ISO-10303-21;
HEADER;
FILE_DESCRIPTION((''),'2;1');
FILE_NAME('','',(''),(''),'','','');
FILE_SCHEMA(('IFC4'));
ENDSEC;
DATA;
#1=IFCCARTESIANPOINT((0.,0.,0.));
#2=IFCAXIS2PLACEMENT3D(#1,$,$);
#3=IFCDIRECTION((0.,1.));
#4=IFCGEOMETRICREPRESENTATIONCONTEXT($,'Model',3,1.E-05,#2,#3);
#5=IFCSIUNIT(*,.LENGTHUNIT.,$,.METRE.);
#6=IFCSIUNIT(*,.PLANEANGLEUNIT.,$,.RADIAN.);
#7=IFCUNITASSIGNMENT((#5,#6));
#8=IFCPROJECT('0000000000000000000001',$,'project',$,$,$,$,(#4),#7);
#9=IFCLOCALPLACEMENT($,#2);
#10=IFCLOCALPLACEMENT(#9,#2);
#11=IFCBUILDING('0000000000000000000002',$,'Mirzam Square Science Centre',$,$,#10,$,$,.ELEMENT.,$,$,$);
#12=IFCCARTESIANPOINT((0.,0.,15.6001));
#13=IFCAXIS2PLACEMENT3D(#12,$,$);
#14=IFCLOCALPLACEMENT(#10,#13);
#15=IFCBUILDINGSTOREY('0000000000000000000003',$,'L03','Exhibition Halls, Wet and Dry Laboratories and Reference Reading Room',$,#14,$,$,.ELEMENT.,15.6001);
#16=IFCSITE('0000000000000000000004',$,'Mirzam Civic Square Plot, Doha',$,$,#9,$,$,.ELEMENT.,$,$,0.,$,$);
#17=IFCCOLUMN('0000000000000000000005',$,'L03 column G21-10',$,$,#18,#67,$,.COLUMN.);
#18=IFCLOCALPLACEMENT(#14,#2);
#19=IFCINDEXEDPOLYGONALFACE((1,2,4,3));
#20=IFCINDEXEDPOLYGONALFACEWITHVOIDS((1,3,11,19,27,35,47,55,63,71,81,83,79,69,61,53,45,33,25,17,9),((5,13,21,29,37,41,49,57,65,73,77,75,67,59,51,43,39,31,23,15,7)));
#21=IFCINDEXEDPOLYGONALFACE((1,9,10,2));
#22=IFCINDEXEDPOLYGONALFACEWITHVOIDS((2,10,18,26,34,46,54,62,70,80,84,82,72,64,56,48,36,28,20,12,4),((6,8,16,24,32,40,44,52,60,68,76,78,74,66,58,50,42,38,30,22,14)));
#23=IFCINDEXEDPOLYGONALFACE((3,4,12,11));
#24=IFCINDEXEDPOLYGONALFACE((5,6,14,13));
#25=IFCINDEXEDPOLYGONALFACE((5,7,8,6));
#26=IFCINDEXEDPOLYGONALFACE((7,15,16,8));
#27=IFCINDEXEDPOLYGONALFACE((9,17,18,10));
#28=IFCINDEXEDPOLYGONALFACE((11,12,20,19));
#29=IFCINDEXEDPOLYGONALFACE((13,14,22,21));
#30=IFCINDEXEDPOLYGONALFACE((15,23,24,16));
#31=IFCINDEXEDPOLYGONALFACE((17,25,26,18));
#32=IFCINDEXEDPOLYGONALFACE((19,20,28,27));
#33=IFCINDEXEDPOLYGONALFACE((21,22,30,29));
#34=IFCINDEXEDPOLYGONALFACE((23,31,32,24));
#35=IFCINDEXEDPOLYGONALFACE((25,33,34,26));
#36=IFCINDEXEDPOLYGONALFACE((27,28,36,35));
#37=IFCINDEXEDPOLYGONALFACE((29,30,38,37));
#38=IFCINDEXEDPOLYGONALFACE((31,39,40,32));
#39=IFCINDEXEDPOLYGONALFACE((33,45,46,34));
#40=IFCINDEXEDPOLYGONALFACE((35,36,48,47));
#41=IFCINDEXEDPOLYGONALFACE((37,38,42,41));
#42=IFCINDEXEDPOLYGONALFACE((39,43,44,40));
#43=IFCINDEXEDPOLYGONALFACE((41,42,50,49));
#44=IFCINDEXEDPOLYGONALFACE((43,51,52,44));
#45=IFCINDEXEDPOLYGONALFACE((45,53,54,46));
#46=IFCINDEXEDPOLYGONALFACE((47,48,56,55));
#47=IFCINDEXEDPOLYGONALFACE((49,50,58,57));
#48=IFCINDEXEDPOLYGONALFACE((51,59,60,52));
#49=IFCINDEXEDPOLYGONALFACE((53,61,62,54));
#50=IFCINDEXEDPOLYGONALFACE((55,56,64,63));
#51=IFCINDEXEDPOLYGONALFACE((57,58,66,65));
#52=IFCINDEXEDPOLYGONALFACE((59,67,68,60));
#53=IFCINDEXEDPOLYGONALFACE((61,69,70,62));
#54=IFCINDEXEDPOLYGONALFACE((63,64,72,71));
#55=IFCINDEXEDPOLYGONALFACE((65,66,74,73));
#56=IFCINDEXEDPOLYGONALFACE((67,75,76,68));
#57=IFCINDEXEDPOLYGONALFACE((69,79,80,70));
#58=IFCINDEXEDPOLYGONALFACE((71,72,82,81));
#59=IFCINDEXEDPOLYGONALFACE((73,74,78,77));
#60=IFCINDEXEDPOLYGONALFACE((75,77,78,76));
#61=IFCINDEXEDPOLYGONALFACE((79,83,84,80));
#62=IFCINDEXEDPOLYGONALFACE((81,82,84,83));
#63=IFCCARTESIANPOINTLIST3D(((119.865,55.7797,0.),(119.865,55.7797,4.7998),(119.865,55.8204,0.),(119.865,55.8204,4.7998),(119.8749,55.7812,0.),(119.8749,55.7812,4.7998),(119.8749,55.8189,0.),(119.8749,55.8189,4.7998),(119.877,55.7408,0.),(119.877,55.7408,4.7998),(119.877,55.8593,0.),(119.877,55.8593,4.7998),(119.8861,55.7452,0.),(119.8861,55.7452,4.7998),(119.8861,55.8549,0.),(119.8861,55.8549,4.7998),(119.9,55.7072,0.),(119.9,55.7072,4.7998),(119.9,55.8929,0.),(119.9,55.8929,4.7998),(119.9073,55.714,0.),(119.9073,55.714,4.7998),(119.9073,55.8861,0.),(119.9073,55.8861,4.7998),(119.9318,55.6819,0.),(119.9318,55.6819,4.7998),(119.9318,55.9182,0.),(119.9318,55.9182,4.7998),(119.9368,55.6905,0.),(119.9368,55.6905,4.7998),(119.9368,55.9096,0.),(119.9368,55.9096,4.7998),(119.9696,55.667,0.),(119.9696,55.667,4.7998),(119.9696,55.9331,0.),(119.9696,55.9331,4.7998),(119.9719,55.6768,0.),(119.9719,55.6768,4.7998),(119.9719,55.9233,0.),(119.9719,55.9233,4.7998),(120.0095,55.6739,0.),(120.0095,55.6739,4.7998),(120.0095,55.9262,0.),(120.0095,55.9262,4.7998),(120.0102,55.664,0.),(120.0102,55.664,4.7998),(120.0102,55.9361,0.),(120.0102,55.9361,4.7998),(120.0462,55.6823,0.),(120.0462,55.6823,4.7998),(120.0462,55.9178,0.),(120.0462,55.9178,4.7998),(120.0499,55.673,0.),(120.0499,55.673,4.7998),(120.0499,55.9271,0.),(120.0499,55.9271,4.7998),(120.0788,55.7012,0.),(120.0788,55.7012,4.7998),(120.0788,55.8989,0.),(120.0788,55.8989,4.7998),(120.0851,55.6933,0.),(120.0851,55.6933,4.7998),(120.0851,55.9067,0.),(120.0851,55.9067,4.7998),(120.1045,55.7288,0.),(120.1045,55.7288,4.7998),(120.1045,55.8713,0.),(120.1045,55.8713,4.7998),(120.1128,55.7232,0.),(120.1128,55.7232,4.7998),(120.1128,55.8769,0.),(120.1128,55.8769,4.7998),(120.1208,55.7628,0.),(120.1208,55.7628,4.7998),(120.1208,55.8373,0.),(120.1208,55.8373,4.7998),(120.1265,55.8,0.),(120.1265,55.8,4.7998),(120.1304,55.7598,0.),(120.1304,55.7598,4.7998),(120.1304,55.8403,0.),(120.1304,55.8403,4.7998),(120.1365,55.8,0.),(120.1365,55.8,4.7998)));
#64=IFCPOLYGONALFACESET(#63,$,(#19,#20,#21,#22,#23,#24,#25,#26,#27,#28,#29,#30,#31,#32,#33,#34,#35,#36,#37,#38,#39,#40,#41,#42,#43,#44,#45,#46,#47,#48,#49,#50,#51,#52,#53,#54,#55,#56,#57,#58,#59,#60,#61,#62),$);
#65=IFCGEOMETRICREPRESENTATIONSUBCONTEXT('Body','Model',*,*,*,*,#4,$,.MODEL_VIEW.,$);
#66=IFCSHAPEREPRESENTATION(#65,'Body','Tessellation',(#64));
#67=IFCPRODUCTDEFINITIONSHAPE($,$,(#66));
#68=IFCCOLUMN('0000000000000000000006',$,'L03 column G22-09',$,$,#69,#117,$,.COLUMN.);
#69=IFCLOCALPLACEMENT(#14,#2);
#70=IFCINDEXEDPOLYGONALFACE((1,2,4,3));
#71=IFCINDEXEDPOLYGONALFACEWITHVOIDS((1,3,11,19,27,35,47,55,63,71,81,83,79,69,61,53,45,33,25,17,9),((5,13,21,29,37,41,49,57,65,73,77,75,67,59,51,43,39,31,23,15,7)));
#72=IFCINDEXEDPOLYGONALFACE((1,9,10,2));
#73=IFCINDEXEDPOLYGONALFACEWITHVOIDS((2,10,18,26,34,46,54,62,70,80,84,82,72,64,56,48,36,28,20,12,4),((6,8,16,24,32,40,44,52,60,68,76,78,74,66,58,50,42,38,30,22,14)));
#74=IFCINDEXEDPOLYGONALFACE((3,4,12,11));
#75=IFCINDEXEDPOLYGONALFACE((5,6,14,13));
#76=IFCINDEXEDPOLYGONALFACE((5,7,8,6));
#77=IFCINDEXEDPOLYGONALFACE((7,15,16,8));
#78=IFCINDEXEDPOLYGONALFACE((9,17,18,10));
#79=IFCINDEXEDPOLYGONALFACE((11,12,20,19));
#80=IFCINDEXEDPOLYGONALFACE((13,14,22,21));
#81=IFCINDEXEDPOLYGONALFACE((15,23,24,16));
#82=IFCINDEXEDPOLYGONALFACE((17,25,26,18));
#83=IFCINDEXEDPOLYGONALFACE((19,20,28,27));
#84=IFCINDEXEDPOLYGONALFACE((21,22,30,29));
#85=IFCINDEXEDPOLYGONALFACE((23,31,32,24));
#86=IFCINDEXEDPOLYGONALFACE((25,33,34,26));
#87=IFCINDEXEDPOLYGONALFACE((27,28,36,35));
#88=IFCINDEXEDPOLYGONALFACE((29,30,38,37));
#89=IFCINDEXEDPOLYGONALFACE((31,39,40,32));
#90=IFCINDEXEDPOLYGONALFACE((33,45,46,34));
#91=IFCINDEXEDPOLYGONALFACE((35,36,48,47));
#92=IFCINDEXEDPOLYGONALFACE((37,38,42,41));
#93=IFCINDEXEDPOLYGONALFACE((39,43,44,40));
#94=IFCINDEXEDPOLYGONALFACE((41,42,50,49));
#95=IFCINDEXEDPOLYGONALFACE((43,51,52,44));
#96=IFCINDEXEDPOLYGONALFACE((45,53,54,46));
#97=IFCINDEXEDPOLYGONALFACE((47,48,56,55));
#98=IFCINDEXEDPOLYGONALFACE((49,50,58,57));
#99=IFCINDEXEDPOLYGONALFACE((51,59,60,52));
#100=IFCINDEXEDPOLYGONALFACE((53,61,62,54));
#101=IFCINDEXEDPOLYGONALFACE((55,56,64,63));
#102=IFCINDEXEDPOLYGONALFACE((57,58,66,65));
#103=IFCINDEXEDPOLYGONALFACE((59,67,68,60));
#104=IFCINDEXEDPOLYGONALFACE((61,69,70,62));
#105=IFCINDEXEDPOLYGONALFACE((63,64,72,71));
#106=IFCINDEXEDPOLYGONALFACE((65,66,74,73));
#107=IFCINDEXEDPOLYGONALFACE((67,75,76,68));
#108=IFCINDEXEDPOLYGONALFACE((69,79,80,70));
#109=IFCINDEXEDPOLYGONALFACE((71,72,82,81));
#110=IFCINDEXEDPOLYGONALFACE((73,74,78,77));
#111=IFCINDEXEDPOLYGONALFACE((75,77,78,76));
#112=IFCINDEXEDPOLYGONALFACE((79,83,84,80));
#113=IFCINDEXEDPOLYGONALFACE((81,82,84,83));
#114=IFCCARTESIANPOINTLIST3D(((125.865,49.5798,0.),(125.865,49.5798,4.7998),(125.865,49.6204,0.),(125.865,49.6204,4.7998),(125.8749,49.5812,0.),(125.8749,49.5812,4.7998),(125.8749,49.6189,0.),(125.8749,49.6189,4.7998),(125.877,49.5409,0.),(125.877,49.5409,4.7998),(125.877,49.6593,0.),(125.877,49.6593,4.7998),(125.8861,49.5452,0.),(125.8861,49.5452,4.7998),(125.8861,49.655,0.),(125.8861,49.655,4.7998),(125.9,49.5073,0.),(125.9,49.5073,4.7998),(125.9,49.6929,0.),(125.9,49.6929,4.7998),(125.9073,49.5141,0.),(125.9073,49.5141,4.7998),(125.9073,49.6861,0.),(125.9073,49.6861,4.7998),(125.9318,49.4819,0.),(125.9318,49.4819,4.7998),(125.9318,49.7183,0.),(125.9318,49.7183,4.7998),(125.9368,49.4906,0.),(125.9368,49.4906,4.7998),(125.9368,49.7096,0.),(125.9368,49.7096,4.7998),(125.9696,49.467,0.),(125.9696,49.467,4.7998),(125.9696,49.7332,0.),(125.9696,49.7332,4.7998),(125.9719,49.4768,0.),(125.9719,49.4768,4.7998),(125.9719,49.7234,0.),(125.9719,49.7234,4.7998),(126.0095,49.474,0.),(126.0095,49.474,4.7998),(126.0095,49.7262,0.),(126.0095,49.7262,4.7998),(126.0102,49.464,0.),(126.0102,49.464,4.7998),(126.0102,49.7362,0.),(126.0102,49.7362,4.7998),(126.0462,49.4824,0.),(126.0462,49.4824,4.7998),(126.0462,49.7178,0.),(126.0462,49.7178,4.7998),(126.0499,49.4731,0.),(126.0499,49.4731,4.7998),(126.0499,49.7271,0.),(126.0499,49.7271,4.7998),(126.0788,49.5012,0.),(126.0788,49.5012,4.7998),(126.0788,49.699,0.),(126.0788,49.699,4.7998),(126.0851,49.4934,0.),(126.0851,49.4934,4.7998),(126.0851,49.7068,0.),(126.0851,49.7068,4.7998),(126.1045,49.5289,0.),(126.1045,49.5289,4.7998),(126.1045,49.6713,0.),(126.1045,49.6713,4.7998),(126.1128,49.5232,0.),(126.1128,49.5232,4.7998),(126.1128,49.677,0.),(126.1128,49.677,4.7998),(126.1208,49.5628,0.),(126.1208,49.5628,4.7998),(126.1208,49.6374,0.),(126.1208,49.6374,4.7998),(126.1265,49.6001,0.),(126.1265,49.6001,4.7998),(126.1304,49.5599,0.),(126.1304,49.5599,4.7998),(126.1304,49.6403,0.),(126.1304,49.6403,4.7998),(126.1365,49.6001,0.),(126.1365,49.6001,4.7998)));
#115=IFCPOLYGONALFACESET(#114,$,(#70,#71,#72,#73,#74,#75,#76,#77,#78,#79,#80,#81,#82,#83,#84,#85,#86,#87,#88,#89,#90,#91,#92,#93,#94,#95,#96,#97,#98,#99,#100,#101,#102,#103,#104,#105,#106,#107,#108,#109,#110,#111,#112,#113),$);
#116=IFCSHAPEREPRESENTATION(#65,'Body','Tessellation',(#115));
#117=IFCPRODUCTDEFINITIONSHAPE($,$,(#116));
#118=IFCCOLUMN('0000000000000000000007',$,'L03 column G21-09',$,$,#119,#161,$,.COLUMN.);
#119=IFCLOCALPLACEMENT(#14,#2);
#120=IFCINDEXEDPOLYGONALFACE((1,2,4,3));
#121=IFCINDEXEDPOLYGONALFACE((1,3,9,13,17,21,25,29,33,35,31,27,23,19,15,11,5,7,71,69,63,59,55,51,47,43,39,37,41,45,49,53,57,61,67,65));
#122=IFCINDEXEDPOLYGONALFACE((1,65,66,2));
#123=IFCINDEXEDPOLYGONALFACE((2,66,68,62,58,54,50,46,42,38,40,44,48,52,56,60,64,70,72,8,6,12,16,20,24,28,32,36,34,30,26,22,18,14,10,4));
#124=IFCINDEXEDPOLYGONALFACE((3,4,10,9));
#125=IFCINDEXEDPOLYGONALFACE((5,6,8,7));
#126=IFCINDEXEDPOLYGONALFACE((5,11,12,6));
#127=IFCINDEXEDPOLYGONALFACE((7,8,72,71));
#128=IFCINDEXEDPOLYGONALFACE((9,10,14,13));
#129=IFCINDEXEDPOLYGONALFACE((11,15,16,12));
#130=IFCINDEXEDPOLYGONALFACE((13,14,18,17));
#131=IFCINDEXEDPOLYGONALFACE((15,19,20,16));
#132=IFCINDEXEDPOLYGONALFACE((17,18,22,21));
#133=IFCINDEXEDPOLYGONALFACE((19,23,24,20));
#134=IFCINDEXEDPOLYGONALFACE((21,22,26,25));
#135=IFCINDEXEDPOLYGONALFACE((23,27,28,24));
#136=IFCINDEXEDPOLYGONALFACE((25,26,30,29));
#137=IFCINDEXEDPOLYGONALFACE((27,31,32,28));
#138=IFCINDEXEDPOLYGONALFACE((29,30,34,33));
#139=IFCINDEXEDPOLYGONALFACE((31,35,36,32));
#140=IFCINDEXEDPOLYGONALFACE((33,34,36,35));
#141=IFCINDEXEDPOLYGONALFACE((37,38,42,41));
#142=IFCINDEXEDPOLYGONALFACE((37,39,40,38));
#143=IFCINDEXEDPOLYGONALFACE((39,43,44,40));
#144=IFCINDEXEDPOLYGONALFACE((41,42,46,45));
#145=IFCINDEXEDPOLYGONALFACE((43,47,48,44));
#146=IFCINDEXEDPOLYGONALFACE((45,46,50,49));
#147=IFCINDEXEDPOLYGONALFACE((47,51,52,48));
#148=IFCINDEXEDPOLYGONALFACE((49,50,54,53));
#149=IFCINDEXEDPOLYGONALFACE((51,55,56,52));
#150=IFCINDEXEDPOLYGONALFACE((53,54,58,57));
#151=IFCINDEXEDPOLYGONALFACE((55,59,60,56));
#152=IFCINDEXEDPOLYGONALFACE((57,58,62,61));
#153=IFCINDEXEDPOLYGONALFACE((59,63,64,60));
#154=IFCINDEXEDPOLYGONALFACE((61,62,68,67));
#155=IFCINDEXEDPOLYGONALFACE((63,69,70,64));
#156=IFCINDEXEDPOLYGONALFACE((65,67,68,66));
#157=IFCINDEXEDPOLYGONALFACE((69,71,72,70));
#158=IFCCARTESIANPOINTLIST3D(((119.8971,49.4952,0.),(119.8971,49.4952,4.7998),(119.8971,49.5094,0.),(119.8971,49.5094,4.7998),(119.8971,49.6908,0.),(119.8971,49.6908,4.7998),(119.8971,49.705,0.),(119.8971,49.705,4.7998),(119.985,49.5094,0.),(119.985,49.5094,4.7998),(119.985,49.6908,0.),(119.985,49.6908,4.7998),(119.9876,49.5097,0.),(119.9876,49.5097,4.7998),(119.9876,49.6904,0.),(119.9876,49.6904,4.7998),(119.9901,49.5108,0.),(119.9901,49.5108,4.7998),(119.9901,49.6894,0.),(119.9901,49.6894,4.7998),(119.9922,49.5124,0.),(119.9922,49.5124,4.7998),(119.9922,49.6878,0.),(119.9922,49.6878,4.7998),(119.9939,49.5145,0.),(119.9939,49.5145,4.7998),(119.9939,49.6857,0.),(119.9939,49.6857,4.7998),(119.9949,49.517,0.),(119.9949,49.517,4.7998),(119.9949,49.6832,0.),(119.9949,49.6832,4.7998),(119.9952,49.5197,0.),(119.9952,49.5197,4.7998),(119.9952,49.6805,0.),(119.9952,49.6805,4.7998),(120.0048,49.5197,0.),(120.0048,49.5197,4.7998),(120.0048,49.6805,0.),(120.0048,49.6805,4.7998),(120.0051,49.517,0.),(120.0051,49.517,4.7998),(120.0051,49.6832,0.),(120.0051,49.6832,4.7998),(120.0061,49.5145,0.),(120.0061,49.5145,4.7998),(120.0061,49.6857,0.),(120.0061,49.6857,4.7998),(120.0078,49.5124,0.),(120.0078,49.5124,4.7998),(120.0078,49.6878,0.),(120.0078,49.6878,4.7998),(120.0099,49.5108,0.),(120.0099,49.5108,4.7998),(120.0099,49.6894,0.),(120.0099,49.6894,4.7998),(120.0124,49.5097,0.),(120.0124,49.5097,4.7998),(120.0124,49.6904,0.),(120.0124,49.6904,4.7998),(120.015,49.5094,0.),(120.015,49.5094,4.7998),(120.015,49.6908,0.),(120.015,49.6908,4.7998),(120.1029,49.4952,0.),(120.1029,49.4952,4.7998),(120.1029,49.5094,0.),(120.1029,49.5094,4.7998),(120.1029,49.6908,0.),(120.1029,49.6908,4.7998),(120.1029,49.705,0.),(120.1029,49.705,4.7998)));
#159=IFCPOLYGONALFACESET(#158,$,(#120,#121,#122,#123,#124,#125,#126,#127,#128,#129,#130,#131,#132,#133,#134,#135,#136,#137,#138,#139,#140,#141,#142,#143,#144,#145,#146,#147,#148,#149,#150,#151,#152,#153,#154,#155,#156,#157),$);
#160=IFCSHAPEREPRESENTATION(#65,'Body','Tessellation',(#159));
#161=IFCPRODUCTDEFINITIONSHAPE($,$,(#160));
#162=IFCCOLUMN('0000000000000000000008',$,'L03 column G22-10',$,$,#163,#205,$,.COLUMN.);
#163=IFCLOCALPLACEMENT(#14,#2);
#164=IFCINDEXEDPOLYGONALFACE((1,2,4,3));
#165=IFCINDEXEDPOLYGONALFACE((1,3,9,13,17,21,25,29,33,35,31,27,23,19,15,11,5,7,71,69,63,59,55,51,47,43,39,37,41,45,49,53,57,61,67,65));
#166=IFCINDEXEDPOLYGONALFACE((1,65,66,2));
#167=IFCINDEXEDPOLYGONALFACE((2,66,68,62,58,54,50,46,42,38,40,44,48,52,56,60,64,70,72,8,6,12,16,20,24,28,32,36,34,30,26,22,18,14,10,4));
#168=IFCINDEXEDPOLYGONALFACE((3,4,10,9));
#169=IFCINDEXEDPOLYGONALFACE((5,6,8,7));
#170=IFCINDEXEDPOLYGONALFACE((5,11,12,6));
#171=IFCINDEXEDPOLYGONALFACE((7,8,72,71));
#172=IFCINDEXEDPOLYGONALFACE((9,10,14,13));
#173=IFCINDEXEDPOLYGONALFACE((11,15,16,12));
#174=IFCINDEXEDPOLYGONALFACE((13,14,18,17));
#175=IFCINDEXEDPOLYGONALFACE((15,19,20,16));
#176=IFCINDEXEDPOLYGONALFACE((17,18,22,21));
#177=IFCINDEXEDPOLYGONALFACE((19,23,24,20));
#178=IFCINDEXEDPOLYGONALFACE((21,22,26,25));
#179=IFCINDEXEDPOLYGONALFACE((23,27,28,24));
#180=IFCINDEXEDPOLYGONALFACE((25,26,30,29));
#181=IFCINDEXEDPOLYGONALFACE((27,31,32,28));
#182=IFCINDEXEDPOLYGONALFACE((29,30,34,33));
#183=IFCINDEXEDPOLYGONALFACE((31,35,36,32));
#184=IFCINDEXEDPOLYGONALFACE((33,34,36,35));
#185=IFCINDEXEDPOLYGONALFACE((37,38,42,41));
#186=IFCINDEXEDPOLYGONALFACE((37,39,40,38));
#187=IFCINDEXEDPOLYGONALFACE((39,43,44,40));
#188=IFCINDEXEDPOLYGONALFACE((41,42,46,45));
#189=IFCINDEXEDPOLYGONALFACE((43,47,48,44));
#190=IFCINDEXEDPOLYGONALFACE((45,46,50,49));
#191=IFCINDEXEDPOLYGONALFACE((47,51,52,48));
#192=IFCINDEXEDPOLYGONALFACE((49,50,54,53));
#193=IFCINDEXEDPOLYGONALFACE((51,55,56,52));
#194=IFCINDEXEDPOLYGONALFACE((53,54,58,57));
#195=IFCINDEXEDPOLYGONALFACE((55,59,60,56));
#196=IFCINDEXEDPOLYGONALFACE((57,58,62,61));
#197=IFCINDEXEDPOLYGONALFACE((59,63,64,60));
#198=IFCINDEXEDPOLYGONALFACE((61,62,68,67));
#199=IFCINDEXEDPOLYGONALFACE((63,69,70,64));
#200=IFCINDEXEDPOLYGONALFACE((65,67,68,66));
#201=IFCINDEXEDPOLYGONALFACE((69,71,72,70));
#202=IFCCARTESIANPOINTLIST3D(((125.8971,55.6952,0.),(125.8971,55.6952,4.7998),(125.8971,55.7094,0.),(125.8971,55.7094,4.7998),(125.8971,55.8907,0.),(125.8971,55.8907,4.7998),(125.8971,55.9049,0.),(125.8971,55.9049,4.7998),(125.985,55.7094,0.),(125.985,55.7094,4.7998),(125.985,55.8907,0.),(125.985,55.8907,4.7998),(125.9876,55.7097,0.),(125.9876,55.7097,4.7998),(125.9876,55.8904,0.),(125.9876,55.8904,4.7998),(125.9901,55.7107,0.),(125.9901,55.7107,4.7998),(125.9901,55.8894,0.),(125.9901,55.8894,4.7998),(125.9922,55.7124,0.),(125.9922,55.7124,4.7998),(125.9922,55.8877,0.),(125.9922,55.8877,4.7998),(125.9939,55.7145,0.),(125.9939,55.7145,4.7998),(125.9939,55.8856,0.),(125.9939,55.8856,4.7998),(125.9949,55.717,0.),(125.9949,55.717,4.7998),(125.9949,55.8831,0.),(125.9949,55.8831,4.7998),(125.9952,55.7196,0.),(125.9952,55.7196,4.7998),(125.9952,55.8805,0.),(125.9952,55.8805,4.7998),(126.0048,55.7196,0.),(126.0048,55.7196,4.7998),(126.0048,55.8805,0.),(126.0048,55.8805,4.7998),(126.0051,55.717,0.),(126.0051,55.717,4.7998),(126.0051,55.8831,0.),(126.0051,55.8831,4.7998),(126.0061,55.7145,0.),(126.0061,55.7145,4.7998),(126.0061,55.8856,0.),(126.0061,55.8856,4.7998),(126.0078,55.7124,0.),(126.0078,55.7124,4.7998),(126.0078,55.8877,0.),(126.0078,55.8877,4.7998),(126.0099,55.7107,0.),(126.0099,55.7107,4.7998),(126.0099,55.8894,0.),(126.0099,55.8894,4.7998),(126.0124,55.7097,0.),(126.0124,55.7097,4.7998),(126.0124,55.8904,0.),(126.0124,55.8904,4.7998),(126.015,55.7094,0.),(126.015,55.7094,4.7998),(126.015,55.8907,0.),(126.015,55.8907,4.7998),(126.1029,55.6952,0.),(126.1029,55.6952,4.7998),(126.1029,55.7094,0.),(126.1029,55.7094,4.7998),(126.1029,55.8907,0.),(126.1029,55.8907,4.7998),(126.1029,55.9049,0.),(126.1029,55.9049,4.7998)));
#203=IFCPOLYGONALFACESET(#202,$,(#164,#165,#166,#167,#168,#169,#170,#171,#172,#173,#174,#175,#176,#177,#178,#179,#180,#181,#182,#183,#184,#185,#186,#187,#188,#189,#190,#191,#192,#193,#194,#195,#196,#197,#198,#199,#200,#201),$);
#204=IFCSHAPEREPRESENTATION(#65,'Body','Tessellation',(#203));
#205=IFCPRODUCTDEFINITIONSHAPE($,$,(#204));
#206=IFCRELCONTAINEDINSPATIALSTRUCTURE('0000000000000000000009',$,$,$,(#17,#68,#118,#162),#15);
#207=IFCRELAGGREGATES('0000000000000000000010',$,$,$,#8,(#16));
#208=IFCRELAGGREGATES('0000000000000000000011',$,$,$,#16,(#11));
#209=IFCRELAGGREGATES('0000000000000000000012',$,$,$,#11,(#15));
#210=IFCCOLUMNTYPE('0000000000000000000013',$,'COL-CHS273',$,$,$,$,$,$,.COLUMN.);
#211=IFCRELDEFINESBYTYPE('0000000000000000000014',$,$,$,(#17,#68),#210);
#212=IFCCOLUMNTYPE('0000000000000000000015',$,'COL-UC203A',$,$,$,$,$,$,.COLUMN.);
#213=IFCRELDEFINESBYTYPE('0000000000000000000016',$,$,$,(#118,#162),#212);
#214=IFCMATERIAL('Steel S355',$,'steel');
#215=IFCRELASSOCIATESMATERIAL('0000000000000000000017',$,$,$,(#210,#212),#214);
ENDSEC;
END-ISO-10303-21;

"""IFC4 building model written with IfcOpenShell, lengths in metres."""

from ifc_helpers import new_model, si_unit, direction, frame, origin, origin_2d, place, context, subcontext, project, spatial, hollow_circle, i_section, extrude, material, material_profile, profile_set, type_object, element, save


model = new_model("IFC4")

# Units and contexts
model_context = context("Model", 3, precision=1e-05, world=origin(), true_north=direction((0.0, 1.0)))
body_context = subcontext(model_context, "Body", "Model", "MODEL_VIEW")
ifc_project = project(units=[si_unit("LENGTHUNIT", "METRE"), si_unit("PLANEANGLEUNIT", "RADIAN")], contexts=[model_context])

# Site, building, storey
site_placement = place(None, origin())
site = spatial("IfcSite", under=ifc_project, at=site_placement, Name="Mirzam Civic Square Plot, Doha", CompositionType="ELEMENT", RefElevation=0.0)
building_placement = place(site_placement, origin())
building = spatial("IfcBuilding", under=site, at=building_placement, Name="Mirzam Square Science Centre", CompositionType="ELEMENT")
storey_placement = place(building_placement, frame((0.0, 0.0, 15.6001)))
storey = spatial("IfcBuildingStorey", under=building, at=storey_placement, Name="L03", Description="Exhibition Halls, Wet and Dry Laboratories and Reference Reading Room", CompositionType="ELEMENT", Elevation=15.6001)

# Columns
ifc_material_1 = material(Name="Steel S355", Category="steel")
ifc_material_profile_1 = material_profile(ifc_material_1, hollow_circle(Radius=0.1365, WallThickness=0.01, at=origin_2d()), Name="273.0x10.0CHS")
ifc_profile_set_1 = profile_set([ifc_material_profile_1], Name="Steel S355")
column_type_1 = type_object("IfcColumnType", Name="COL-CHS273", PredefinedType="COLUMN", material=ifc_profile_set_1)
for number, where, z_axis, x_axis, name in (
    (1, (120.0, 55.8, 0.0), (0.0, 0.0, 1.0), (1.0, 0.0, 0.0), "L03 column G21-10"),
    (2, (126.0, 49.6001, 0.0), (0.0, 0.0, 1.0), (1.0, 0.0, 0.0), "L03 column G22-09"),
):
    element("IfcColumn", number, at=place(storey_placement, frame(where, z_axis=z_axis, x_axis=x_axis)), inside=storey, type_object=column_type_1, Name=name, PredefinedType="COLUMN", context=body_context, shape_type="SweptSolid", body=[
        extrude(hollow_circle(Radius=0.1365, WallThickness=0.01, at=origin_2d()), origin(), (0.0, 0.0, 1.0), 4.7998),
    ])
ifc_material_profile_2 = material_profile(ifc_material_1, i_section(OverallWidth=0.2058, OverallDepth=0.2097, WebThickness=0.0095, FlangeThickness=0.0142, FilletRadius=0.0103, at=origin_2d()), Name="203x203x60UC")
ifc_profile_set_2 = profile_set([ifc_material_profile_2], Name="Steel S355")
column_type_2 = type_object("IfcColumnType", Name="COL-UC203A", PredefinedType="COLUMN", material=ifc_profile_set_2)
for number, where, z_axis, x_axis, name in (
    (3, (120.0, 49.6001, 0.0), (0.0, 0.0, 1.0), (1.0, 0.0, 0.0), "L03 column G21-09"),
    (4, (126.0, 55.8, 0.0), (0.0, 0.0, 1.0), (1.0, 0.0, 0.0), "L03 column G22-10"),
):
    element("IfcColumn", number, at=place(storey_placement, frame(where, z_axis=z_axis, x_axis=x_axis)), inside=storey, type_object=column_type_2, Name=name, PredefinedType="COLUMN", context=body_context, shape_type="SweptSolid", body=[
        extrude(i_section(OverallWidth=0.2058, OverallDepth=0.2097, WebThickness=0.0095, FlangeThickness=0.0142, FilletRadius=0.0103, at=origin_2d()), origin(), (0.0, 0.0, 1.0), 4.7998),
    ])

save(model, "model.ifc")
